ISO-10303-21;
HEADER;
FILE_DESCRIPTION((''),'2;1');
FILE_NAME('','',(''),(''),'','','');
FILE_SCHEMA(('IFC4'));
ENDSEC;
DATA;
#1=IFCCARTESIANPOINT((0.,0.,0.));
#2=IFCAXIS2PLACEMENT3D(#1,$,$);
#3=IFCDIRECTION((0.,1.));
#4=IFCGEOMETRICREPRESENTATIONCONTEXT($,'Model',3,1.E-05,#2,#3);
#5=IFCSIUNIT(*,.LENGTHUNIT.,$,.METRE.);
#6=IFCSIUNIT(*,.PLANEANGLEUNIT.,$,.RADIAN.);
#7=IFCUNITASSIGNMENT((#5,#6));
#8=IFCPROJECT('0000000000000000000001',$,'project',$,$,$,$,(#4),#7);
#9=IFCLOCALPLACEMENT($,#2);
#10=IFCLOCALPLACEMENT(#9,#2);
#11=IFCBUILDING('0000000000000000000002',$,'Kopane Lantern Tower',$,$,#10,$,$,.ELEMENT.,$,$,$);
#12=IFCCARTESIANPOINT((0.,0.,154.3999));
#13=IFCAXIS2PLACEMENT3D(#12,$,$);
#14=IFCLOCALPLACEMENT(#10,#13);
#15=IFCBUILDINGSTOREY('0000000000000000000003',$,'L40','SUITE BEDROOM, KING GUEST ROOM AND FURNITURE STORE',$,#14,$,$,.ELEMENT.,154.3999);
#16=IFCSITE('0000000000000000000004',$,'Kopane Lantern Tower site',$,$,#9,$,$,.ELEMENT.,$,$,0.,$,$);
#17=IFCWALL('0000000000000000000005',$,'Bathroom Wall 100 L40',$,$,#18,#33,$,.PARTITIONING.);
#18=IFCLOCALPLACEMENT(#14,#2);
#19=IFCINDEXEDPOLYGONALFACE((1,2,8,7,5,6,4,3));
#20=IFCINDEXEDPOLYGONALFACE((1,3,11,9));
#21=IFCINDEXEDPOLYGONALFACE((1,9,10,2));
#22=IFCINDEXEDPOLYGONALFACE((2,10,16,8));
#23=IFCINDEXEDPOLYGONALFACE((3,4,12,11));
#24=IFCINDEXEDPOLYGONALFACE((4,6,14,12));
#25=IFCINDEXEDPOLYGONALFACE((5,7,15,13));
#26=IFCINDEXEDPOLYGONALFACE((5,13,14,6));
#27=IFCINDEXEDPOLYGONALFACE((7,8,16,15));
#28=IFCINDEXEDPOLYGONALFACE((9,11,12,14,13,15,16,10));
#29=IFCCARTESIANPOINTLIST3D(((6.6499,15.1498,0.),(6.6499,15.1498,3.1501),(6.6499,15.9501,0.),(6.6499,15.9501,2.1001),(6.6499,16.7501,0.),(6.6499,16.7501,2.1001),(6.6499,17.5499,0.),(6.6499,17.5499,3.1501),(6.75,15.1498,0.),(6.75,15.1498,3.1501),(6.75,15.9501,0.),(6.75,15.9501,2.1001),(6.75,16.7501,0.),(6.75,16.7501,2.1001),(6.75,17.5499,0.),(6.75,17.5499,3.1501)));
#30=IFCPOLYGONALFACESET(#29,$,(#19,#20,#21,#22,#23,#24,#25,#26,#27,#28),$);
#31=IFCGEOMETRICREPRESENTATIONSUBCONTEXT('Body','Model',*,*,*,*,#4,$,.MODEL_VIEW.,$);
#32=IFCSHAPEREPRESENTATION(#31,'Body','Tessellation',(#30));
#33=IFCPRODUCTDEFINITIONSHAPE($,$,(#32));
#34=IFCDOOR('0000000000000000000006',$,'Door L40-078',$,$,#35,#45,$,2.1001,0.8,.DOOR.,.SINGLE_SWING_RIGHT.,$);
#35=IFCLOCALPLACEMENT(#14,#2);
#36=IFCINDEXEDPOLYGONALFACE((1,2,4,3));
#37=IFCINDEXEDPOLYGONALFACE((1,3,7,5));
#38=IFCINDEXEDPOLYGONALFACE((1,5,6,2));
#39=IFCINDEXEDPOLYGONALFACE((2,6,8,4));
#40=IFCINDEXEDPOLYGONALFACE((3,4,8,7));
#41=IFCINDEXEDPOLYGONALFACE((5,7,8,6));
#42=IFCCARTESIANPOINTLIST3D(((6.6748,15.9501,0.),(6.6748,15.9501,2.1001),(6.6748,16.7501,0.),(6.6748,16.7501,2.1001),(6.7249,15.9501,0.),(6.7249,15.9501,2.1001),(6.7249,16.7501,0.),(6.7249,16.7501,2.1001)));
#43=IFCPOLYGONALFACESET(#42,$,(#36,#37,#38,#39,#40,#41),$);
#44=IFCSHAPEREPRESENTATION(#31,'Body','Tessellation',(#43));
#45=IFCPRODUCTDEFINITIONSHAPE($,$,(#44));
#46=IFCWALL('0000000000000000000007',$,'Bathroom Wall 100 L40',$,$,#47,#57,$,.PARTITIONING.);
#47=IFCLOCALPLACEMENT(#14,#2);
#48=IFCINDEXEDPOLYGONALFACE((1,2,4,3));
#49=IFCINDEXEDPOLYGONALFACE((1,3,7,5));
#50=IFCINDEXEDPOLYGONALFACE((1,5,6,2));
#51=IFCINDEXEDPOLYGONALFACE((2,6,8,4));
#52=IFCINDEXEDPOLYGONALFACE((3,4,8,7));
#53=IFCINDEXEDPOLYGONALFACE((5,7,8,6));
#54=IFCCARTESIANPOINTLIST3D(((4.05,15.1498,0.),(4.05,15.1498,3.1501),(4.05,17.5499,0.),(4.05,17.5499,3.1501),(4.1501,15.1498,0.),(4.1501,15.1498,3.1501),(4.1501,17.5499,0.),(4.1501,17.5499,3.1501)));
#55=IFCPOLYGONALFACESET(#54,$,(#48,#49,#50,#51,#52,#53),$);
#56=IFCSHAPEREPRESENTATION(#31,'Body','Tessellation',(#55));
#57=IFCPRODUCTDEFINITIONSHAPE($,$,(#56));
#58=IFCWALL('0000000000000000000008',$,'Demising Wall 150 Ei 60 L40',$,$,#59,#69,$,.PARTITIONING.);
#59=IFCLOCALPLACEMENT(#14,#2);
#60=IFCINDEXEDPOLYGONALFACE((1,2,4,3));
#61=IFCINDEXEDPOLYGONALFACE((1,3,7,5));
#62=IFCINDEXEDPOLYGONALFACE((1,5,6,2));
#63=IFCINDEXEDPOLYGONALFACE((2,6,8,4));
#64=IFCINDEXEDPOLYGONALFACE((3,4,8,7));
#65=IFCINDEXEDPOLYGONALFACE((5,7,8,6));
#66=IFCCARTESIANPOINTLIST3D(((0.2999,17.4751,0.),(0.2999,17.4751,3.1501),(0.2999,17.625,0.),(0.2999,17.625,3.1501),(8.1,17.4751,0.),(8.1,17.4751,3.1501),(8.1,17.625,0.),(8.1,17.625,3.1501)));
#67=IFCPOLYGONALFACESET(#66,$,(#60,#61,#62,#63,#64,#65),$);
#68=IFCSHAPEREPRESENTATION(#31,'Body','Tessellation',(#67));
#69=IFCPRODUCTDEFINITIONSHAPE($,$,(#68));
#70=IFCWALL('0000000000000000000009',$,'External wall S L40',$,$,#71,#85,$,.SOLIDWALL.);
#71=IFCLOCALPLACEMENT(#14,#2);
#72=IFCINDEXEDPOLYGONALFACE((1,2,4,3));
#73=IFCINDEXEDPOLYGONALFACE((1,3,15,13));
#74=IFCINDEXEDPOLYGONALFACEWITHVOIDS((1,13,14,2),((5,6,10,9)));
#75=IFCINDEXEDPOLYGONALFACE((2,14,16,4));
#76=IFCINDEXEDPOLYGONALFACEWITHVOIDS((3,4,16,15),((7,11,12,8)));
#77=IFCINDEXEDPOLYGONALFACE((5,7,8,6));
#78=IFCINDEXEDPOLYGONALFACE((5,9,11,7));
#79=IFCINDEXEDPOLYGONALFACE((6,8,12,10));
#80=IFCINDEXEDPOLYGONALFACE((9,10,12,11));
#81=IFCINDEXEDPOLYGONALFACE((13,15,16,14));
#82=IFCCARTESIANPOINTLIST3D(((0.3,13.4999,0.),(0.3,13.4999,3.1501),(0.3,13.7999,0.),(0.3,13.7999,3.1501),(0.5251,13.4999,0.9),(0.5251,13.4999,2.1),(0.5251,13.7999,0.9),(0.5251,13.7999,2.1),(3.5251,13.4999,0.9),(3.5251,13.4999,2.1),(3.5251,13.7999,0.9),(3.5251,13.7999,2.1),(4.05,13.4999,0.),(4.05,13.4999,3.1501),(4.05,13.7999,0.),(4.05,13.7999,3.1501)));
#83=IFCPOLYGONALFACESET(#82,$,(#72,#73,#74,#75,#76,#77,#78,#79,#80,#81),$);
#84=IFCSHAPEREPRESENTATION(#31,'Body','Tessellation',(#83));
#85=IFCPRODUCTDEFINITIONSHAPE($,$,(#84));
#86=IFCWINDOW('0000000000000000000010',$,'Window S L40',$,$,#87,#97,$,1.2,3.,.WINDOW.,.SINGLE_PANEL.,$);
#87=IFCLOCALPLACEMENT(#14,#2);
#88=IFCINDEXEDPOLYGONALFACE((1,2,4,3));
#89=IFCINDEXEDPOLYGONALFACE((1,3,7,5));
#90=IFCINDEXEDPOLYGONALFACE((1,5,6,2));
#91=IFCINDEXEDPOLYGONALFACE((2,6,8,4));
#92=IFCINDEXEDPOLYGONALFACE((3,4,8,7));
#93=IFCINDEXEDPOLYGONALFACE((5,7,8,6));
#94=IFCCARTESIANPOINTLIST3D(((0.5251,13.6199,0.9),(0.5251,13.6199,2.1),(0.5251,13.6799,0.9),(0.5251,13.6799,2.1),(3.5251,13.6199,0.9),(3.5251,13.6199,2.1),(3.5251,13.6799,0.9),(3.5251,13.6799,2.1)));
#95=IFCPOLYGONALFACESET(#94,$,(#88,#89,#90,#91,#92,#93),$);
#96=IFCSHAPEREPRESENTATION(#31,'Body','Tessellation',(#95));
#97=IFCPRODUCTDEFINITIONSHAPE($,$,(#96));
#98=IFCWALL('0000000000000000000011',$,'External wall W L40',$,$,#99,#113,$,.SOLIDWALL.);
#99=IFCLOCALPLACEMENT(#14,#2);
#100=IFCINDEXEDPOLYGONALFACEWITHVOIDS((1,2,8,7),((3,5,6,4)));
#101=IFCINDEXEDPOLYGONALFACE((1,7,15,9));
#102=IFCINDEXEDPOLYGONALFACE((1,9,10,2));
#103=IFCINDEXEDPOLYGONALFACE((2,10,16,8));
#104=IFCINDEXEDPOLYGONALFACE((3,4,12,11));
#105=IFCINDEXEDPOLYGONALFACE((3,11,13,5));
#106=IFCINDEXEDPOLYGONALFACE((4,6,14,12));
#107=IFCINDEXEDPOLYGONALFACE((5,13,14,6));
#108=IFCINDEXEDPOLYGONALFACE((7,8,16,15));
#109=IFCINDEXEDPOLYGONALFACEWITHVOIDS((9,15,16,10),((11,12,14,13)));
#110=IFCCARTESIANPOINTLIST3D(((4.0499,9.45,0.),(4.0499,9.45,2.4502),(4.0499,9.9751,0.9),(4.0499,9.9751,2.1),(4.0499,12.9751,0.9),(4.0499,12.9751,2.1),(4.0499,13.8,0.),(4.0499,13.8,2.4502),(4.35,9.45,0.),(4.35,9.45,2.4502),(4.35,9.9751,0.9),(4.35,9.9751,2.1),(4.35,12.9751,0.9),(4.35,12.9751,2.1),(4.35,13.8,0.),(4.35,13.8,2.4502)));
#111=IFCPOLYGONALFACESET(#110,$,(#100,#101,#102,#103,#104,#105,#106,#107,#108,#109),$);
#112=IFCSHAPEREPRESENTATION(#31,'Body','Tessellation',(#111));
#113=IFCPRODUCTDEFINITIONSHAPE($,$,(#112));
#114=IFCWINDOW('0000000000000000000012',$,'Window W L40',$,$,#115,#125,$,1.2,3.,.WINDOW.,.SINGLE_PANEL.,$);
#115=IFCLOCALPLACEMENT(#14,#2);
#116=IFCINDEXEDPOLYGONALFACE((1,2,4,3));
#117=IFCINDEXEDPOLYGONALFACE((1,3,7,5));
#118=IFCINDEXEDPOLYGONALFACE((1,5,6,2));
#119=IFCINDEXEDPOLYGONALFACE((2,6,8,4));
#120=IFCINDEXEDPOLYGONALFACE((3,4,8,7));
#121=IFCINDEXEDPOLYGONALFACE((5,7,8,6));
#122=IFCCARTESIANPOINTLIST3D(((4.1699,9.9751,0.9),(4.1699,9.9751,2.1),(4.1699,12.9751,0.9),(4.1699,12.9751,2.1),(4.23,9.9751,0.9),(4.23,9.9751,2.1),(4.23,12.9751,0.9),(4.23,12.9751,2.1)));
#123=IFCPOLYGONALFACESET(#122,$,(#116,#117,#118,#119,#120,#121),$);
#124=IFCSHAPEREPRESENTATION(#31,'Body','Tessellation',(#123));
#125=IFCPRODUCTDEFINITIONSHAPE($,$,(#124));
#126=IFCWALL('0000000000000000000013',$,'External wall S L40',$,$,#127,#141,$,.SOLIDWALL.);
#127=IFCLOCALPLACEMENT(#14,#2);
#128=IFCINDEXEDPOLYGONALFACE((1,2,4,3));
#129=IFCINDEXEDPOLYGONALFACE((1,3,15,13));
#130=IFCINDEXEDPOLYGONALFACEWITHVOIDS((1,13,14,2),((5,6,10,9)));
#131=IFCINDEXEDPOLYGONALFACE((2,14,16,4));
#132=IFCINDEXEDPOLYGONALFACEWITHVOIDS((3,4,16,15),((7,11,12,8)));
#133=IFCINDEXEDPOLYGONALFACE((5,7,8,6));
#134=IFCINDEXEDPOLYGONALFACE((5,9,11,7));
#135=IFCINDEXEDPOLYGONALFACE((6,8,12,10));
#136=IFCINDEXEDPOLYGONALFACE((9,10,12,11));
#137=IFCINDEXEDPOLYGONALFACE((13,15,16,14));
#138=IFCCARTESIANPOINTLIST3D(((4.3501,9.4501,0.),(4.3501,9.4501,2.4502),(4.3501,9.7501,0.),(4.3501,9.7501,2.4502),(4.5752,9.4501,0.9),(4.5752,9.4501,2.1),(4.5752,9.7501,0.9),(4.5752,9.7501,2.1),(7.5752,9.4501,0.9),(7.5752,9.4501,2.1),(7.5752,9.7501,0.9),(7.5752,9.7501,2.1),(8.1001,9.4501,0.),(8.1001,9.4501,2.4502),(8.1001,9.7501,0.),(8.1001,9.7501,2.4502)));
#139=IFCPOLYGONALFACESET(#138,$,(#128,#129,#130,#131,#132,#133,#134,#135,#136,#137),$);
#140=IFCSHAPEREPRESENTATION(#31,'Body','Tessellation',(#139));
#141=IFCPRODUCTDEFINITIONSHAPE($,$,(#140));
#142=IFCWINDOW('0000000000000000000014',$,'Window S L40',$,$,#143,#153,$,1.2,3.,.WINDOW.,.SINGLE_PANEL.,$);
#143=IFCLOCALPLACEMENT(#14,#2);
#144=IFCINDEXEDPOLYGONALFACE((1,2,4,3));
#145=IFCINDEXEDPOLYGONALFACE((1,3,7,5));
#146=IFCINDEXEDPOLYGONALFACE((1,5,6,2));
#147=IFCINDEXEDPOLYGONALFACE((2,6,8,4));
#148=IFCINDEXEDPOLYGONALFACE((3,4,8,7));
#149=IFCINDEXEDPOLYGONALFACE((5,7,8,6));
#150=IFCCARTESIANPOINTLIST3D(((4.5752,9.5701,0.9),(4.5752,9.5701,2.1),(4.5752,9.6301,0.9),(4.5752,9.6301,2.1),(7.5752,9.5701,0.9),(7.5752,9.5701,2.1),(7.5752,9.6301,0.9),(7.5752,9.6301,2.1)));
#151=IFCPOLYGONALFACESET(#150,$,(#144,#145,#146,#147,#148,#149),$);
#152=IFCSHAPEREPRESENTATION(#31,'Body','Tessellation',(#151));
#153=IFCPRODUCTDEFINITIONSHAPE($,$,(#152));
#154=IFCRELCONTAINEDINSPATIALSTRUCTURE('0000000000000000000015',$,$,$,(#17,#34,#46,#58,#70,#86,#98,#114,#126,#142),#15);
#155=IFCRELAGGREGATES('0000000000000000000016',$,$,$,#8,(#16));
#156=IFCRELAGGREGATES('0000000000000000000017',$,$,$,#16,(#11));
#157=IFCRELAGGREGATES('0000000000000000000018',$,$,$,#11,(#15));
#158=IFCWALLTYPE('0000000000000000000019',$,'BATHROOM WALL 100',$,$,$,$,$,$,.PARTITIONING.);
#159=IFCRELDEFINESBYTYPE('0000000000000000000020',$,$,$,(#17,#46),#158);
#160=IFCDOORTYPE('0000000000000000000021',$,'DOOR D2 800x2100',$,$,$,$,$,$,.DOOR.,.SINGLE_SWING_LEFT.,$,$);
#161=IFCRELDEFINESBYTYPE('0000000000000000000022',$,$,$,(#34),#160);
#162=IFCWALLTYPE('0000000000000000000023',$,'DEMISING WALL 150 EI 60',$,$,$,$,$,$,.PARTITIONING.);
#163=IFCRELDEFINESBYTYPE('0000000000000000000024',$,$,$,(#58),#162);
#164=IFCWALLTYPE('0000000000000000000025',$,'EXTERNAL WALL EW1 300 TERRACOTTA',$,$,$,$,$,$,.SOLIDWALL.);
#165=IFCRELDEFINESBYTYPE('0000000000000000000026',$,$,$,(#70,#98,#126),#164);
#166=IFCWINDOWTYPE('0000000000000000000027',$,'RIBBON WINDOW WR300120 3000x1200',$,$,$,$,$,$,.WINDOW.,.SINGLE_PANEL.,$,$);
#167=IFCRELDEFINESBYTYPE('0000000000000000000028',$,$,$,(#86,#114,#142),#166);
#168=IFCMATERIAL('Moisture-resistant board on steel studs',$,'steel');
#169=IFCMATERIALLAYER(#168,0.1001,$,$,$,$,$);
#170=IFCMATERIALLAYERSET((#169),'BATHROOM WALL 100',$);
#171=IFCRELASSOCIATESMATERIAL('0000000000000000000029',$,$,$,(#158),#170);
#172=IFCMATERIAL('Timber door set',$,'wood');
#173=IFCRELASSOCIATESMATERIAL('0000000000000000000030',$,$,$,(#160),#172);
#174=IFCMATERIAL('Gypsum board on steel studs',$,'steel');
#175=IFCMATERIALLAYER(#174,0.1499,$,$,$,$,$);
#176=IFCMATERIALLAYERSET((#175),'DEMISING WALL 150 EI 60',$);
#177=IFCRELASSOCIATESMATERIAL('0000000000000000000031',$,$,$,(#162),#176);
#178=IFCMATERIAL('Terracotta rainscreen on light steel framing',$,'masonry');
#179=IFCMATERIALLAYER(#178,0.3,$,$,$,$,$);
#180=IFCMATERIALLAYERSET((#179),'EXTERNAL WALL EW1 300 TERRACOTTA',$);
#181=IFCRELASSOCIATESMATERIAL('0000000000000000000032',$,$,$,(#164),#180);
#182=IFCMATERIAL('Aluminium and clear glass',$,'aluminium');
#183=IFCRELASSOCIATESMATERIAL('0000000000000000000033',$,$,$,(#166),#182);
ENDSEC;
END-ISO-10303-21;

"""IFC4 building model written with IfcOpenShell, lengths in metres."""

from ifc_helpers import new_model, si_unit, direction, frame, frame_2d, origin, place, context, subcontext, project, spatial, rectangle, extrude, material, layer, layer_set, type_object, element, fill, save


model = new_model("IFC4")

# Units and contexts
model_context = context("Model", 3, precision=1e-05, world=origin(), true_north=direction((0.0, 1.0)))
body_context = subcontext(model_context, "Body", "Model", "MODEL_VIEW")
ifc_project = project(units=[si_unit("LENGTHUNIT", "METRE"), si_unit("PLANEANGLEUNIT", "RADIAN")], contexts=[model_context])

# Site, building, storey
site_placement = place(None, origin())
site = spatial("IfcSite", under=ifc_project, at=site_placement, Name="Kopane Lantern Tower site", CompositionType="ELEMENT", RefElevation=0.0)
building_placement = place(site_placement, origin())
building = spatial("IfcBuilding", under=site, at=building_placement, Name="Kopane Lantern Tower", CompositionType="ELEMENT")
storey_placement = place(building_placement, frame((0.0, 0.0, 154.3999)))
storey = spatial("IfcBuildingStorey", under=building, at=storey_placement, Name="L40", Description="SUITE BEDROOM, KING GUEST ROOM AND FURNITURE STORE", CompositionType="ELEMENT", Elevation=154.3999)

# Shared definitions
ifc_material_1 = material(Name="Moisture-resistant board on steel studs", Category="steel")
ifc_layer_1 = layer(ifc_material_1, 0.1001)
ifc_layer_set_1 = layer_set([ifc_layer_1], Name="BATHROOM WALL 100")
wall_type_1 = type_object("IfcWallType", Name="BATHROOM WALL 100", PredefinedType="PARTITIONING", material=ifc_layer_set_1)

# Wall, opening, door
wall_1_placement = place(storey_placement, frame((6.7, 17.55, 0.0), z_axis=(0.0, 0.0, 1.0), x_axis=(0.0, -1.0, 0.0)))
wall_1 = element("IfcWall", 1, at=wall_1_placement, inside=storey, type_object=wall_type_1, Name="Bathroom Wall 100 L40", PredefinedType="PARTITIONING", context=body_context, shape_type="SweptSolid", body=[
    extrude(rectangle(XDim=2.4001, YDim=0.1001, at=frame_2d((1.2002, 0.0))), origin(), (0.0, 0.0, 1.0), 3.1501),
])
opening_1_placement = place(wall_1_placement, frame((0.8, 0.0, 0.0)))
opening_1 = element("IfcOpeningElement", 2, at=opening_1_placement, cuts=wall_1, PredefinedType="OPENING", context=body_context, shape_type="SweptSolid", body=[
    extrude(rectangle(XDim=0.8, YDim=2.1001, at=frame_2d((0.3999, 1.05))), frame((0.0, 0.0601, 0.0), z_axis=(0.0, -1.0, 0.0), x_axis=(1.0, 0.0, 0.0)), (0.0, 0.0, 1.0), 0.1201),
])
ifc_material_2 = material(Name="Timber door set", Category="wood")
door_type_1 = type_object("IfcDoorType", Name="DOOR D2 800x2100", OperationType="SINGLE_SWING_LEFT", PredefinedType="DOOR", material=ifc_material_2)
door_1_placement = place(opening_1_placement, origin())
door_1 = element("IfcDoor", 3, at=door_1_placement, inside=storey, type_object=door_type_1, Name="Door L40-078", OperationType="SINGLE_SWING_RIGHT", OverallHeight=2.1001, OverallWidth=0.8, PredefinedType="DOOR", context=body_context, shape_type="SweptSolid", body=[
    extrude(rectangle(XDim=0.8, YDim=2.1001, at=frame_2d((0.3999, 1.05))), frame((0.0, 0.0249, 0.0), z_axis=(0.0, -1.0, 0.0), x_axis=(1.0, 0.0, 0.0)), (0.0, 0.0, 1.0), 0.05),
])
fill(opening_1, door_1)

# Walls
wall_2_placement = place(storey_placement, frame((4.1001, 17.55, 0.0), z_axis=(0.0, 0.0, 1.0), x_axis=(0.0, -1.0, 0.0)))
element("IfcWall", 4, at=wall_2_placement, inside=storey, type_object=wall_type_1, Name="Bathroom Wall 100 L40", PredefinedType="PARTITIONING", context=body_context, shape_type="SweptSolid", body=[
    extrude(rectangle(XDim=2.4001, YDim=0.1001, at=frame_2d((1.2002, 0.0))), origin(), (0.0, 0.0, 1.0), 3.1501),
])
ifc_material_3 = material(Name="Gypsum board on steel studs", Category="steel")
ifc_layer_2 = layer(ifc_material_3, 0.1499)
ifc_layer_set_2 = layer_set([ifc_layer_2], Name="DEMISING WALL 150 EI 60")
wall_type_2 = type_object("IfcWallType", Name="DEMISING WALL 150 EI 60", PredefinedType="PARTITIONING", material=ifc_layer_set_2)
wall_3_placement = place(storey_placement, frame((0.3, 17.55, 0.0), z_axis=(0.0, 0.0, 1.0), x_axis=(1.0, 0.0, 0.0)))
element("IfcWall", 5, at=wall_3_placement, inside=storey, type_object=wall_type_2, Name="Demising Wall 150 Ei 60 L40", PredefinedType="PARTITIONING", context=body_context, shape_type="SweptSolid", body=[
    extrude(rectangle(XDim=7.8, YDim=0.1499, at=frame_2d((3.8999, 0.0))), origin(), (0.0, 0.0, 1.0), 3.1501),
])

# Walls, openings, windows
ifc_material_4 = material(Name="Terracotta rainscreen on light steel framing", Category="masonry")
ifc_layer_3 = layer(ifc_material_4, 0.3)
ifc_layer_set_3 = layer_set([ifc_layer_3], Name="EXTERNAL WALL EW1 300 TERRACOTTA")
wall_type_3 = type_object("IfcWallType", Name="EXTERNAL WALL EW1 300 TERRACOTTA", PredefinedType="SOLIDWALL", material=ifc_layer_set_3)
wall_4_placement = place(storey_placement, frame((0.3, 13.6499, 0.0), z_axis=(0.0, 0.0, 1.0), x_axis=(1.0, 0.0, 0.0)))
wall_4 = element("IfcWall", 6, at=wall_4_placement, inside=storey, type_object=wall_type_3, Name="External wall S L40", PredefinedType="SOLIDWALL", context=body_context, shape_type="SweptSolid", body=[
    extrude(rectangle(XDim=3.75, YDim=0.3, at=frame_2d((1.875, 0.0))), origin(), (0.0, 0.0, 1.0), 3.1501),
])
opening_2_placement = place(wall_4_placement, frame((0.2251, 0.0, 0.8999)))
opening_2 = element("IfcOpeningElement", 7, at=opening_2_placement, cuts=wall_4, PredefinedType="OPENING", context=body_context, shape_type="SweptSolid", body=[
    extrude(rectangle(XDim=3.0, YDim=1.2, at=frame_2d((1.5, 0.6001))), frame((0.0, 0.1599, 0.0), z_axis=(0.0, -1.0, 0.0), x_axis=(1.0, 0.0, 0.0)), (0.0, 0.0, 1.0), 0.3201),
])
ifc_material_5 = material(Name="Aluminium and clear glass", Category="aluminium")
window_type = type_object("IfcWindowType", Name="RIBBON WINDOW WR300120 3000x1200", PartitioningType="SINGLE_PANEL", PredefinedType="WINDOW", material=ifc_material_5)
window_1_placement = place(opening_2_placement, origin())
window_1 = element("IfcWindow", 8, at=window_1_placement, inside=storey, type_object=window_type, Name="Window S L40", OverallHeight=1.2, OverallWidth=3.0, PartitioningType="SINGLE_PANEL", PredefinedType="WINDOW", context=body_context, shape_type="SweptSolid", body=[
    extrude(rectangle(XDim=3.0, YDim=1.2, at=frame_2d((1.5, 0.6001))), frame((0.0, 0.03, 0.0), z_axis=(0.0, -1.0, 0.0), x_axis=(1.0, 0.0, 0.0)), (0.0, 0.0, 1.0), 0.0601),
])
fill(opening_2, window_1)
wall_5_placement = place(storey_placement, frame((4.2, 13.8, 0.0), z_axis=(0.0, 0.0, 1.0), x_axis=(0.0, -1.0, 0.0)))
wall_5 = element("IfcWall", 9, at=wall_5_placement, inside=storey, type_object=wall_type_3, Name="External wall W L40", PredefinedType="SOLIDWALL", context=body_context, shape_type="SweptSolid", body=[
    extrude(rectangle(XDim=4.3501, YDim=0.3, at=frame_2d((2.175, 0.0))), origin(), (0.0, 0.0, 1.0), 2.4502),
])
opening_3_placement = place(wall_5_placement, frame((0.825, 0.0, 0.8999)))
opening_3 = element("IfcOpeningElement", 10, at=opening_3_placement, cuts=wall_5, PredefinedType="OPENING", context=body_context, shape_type="SweptSolid", body=[
    extrude(rectangle(XDim=3.0, YDim=1.2, at=frame_2d((1.5, 0.6001))), frame((0.0, 0.1599, 0.0), z_axis=(0.0, -1.0, 0.0), x_axis=(1.0, 0.0, 0.0)), (0.0, 0.0, 1.0), 0.3201),
])
window_2_placement = place(opening_3_placement, origin())
window_2 = element("IfcWindow", 11, at=window_2_placement, inside=storey, type_object=window_type, Name="Window W L40", OverallHeight=1.2, OverallWidth=3.0, PartitioningType="SINGLE_PANEL", PredefinedType="WINDOW", context=body_context, shape_type="SweptSolid", body=[
    extrude(rectangle(XDim=3.0, YDim=1.2, at=frame_2d((1.5, 0.6001))), frame((0.0, 0.03, 0.0), z_axis=(0.0, -1.0, 0.0), x_axis=(1.0, 0.0, 0.0)), (0.0, 0.0, 1.0), 0.0601),
])
fill(opening_3, window_2)
wall_6_placement = place(storey_placement, frame((4.3501, 9.6001, 0.0), z_axis=(0.0, 0.0, 1.0), x_axis=(1.0, 0.0, 0.0)))
wall_6 = element("IfcWall", 12, at=wall_6_placement, inside=storey, type_object=wall_type_3, Name="External wall S L40", PredefinedType="SOLIDWALL", context=body_context, shape_type="SweptSolid", body=[
    extrude(rectangle(XDim=3.75, YDim=0.3, at=frame_2d((1.875, 0.0))), origin(), (0.0, 0.0, 1.0), 2.4502),
])
opening_4_placement = place(wall_6_placement, frame((0.2251, 0.0, 0.8999)))
opening_4 = element("IfcOpeningElement", 13, at=opening_4_placement, cuts=wall_6, PredefinedType="OPENING", context=body_context, shape_type="SweptSolid", body=[
    extrude(rectangle(XDim=3.0, YDim=1.2, at=frame_2d((1.5, 0.6001))), frame((0.0, 0.1599, 0.0), z_axis=(0.0, -1.0, 0.0), x_axis=(1.0, 0.0, 0.0)), (0.0, 0.0, 1.0), 0.3201),
])
window_3_placement = place(opening_4_placement, origin())
window_3 = element("IfcWindow", 14, at=window_3_placement, inside=storey, type_object=window_type, Name="Window S L40", OverallHeight=1.2, OverallWidth=3.0, PartitioningType="SINGLE_PANEL", PredefinedType="WINDOW", context=body_context, shape_type="SweptSolid", body=[
    extrude(rectangle(XDim=3.0, YDim=1.2, at=frame_2d((1.5, 0.6001))), frame((0.0, 0.03, 0.0), z_axis=(0.0, -1.0, 0.0), x_axis=(1.0, 0.0, 0.0)), (0.0, 0.0, 1.0), 0.0601),
])
fill(opening_4, window_3)

save(model, "model.ifc")
